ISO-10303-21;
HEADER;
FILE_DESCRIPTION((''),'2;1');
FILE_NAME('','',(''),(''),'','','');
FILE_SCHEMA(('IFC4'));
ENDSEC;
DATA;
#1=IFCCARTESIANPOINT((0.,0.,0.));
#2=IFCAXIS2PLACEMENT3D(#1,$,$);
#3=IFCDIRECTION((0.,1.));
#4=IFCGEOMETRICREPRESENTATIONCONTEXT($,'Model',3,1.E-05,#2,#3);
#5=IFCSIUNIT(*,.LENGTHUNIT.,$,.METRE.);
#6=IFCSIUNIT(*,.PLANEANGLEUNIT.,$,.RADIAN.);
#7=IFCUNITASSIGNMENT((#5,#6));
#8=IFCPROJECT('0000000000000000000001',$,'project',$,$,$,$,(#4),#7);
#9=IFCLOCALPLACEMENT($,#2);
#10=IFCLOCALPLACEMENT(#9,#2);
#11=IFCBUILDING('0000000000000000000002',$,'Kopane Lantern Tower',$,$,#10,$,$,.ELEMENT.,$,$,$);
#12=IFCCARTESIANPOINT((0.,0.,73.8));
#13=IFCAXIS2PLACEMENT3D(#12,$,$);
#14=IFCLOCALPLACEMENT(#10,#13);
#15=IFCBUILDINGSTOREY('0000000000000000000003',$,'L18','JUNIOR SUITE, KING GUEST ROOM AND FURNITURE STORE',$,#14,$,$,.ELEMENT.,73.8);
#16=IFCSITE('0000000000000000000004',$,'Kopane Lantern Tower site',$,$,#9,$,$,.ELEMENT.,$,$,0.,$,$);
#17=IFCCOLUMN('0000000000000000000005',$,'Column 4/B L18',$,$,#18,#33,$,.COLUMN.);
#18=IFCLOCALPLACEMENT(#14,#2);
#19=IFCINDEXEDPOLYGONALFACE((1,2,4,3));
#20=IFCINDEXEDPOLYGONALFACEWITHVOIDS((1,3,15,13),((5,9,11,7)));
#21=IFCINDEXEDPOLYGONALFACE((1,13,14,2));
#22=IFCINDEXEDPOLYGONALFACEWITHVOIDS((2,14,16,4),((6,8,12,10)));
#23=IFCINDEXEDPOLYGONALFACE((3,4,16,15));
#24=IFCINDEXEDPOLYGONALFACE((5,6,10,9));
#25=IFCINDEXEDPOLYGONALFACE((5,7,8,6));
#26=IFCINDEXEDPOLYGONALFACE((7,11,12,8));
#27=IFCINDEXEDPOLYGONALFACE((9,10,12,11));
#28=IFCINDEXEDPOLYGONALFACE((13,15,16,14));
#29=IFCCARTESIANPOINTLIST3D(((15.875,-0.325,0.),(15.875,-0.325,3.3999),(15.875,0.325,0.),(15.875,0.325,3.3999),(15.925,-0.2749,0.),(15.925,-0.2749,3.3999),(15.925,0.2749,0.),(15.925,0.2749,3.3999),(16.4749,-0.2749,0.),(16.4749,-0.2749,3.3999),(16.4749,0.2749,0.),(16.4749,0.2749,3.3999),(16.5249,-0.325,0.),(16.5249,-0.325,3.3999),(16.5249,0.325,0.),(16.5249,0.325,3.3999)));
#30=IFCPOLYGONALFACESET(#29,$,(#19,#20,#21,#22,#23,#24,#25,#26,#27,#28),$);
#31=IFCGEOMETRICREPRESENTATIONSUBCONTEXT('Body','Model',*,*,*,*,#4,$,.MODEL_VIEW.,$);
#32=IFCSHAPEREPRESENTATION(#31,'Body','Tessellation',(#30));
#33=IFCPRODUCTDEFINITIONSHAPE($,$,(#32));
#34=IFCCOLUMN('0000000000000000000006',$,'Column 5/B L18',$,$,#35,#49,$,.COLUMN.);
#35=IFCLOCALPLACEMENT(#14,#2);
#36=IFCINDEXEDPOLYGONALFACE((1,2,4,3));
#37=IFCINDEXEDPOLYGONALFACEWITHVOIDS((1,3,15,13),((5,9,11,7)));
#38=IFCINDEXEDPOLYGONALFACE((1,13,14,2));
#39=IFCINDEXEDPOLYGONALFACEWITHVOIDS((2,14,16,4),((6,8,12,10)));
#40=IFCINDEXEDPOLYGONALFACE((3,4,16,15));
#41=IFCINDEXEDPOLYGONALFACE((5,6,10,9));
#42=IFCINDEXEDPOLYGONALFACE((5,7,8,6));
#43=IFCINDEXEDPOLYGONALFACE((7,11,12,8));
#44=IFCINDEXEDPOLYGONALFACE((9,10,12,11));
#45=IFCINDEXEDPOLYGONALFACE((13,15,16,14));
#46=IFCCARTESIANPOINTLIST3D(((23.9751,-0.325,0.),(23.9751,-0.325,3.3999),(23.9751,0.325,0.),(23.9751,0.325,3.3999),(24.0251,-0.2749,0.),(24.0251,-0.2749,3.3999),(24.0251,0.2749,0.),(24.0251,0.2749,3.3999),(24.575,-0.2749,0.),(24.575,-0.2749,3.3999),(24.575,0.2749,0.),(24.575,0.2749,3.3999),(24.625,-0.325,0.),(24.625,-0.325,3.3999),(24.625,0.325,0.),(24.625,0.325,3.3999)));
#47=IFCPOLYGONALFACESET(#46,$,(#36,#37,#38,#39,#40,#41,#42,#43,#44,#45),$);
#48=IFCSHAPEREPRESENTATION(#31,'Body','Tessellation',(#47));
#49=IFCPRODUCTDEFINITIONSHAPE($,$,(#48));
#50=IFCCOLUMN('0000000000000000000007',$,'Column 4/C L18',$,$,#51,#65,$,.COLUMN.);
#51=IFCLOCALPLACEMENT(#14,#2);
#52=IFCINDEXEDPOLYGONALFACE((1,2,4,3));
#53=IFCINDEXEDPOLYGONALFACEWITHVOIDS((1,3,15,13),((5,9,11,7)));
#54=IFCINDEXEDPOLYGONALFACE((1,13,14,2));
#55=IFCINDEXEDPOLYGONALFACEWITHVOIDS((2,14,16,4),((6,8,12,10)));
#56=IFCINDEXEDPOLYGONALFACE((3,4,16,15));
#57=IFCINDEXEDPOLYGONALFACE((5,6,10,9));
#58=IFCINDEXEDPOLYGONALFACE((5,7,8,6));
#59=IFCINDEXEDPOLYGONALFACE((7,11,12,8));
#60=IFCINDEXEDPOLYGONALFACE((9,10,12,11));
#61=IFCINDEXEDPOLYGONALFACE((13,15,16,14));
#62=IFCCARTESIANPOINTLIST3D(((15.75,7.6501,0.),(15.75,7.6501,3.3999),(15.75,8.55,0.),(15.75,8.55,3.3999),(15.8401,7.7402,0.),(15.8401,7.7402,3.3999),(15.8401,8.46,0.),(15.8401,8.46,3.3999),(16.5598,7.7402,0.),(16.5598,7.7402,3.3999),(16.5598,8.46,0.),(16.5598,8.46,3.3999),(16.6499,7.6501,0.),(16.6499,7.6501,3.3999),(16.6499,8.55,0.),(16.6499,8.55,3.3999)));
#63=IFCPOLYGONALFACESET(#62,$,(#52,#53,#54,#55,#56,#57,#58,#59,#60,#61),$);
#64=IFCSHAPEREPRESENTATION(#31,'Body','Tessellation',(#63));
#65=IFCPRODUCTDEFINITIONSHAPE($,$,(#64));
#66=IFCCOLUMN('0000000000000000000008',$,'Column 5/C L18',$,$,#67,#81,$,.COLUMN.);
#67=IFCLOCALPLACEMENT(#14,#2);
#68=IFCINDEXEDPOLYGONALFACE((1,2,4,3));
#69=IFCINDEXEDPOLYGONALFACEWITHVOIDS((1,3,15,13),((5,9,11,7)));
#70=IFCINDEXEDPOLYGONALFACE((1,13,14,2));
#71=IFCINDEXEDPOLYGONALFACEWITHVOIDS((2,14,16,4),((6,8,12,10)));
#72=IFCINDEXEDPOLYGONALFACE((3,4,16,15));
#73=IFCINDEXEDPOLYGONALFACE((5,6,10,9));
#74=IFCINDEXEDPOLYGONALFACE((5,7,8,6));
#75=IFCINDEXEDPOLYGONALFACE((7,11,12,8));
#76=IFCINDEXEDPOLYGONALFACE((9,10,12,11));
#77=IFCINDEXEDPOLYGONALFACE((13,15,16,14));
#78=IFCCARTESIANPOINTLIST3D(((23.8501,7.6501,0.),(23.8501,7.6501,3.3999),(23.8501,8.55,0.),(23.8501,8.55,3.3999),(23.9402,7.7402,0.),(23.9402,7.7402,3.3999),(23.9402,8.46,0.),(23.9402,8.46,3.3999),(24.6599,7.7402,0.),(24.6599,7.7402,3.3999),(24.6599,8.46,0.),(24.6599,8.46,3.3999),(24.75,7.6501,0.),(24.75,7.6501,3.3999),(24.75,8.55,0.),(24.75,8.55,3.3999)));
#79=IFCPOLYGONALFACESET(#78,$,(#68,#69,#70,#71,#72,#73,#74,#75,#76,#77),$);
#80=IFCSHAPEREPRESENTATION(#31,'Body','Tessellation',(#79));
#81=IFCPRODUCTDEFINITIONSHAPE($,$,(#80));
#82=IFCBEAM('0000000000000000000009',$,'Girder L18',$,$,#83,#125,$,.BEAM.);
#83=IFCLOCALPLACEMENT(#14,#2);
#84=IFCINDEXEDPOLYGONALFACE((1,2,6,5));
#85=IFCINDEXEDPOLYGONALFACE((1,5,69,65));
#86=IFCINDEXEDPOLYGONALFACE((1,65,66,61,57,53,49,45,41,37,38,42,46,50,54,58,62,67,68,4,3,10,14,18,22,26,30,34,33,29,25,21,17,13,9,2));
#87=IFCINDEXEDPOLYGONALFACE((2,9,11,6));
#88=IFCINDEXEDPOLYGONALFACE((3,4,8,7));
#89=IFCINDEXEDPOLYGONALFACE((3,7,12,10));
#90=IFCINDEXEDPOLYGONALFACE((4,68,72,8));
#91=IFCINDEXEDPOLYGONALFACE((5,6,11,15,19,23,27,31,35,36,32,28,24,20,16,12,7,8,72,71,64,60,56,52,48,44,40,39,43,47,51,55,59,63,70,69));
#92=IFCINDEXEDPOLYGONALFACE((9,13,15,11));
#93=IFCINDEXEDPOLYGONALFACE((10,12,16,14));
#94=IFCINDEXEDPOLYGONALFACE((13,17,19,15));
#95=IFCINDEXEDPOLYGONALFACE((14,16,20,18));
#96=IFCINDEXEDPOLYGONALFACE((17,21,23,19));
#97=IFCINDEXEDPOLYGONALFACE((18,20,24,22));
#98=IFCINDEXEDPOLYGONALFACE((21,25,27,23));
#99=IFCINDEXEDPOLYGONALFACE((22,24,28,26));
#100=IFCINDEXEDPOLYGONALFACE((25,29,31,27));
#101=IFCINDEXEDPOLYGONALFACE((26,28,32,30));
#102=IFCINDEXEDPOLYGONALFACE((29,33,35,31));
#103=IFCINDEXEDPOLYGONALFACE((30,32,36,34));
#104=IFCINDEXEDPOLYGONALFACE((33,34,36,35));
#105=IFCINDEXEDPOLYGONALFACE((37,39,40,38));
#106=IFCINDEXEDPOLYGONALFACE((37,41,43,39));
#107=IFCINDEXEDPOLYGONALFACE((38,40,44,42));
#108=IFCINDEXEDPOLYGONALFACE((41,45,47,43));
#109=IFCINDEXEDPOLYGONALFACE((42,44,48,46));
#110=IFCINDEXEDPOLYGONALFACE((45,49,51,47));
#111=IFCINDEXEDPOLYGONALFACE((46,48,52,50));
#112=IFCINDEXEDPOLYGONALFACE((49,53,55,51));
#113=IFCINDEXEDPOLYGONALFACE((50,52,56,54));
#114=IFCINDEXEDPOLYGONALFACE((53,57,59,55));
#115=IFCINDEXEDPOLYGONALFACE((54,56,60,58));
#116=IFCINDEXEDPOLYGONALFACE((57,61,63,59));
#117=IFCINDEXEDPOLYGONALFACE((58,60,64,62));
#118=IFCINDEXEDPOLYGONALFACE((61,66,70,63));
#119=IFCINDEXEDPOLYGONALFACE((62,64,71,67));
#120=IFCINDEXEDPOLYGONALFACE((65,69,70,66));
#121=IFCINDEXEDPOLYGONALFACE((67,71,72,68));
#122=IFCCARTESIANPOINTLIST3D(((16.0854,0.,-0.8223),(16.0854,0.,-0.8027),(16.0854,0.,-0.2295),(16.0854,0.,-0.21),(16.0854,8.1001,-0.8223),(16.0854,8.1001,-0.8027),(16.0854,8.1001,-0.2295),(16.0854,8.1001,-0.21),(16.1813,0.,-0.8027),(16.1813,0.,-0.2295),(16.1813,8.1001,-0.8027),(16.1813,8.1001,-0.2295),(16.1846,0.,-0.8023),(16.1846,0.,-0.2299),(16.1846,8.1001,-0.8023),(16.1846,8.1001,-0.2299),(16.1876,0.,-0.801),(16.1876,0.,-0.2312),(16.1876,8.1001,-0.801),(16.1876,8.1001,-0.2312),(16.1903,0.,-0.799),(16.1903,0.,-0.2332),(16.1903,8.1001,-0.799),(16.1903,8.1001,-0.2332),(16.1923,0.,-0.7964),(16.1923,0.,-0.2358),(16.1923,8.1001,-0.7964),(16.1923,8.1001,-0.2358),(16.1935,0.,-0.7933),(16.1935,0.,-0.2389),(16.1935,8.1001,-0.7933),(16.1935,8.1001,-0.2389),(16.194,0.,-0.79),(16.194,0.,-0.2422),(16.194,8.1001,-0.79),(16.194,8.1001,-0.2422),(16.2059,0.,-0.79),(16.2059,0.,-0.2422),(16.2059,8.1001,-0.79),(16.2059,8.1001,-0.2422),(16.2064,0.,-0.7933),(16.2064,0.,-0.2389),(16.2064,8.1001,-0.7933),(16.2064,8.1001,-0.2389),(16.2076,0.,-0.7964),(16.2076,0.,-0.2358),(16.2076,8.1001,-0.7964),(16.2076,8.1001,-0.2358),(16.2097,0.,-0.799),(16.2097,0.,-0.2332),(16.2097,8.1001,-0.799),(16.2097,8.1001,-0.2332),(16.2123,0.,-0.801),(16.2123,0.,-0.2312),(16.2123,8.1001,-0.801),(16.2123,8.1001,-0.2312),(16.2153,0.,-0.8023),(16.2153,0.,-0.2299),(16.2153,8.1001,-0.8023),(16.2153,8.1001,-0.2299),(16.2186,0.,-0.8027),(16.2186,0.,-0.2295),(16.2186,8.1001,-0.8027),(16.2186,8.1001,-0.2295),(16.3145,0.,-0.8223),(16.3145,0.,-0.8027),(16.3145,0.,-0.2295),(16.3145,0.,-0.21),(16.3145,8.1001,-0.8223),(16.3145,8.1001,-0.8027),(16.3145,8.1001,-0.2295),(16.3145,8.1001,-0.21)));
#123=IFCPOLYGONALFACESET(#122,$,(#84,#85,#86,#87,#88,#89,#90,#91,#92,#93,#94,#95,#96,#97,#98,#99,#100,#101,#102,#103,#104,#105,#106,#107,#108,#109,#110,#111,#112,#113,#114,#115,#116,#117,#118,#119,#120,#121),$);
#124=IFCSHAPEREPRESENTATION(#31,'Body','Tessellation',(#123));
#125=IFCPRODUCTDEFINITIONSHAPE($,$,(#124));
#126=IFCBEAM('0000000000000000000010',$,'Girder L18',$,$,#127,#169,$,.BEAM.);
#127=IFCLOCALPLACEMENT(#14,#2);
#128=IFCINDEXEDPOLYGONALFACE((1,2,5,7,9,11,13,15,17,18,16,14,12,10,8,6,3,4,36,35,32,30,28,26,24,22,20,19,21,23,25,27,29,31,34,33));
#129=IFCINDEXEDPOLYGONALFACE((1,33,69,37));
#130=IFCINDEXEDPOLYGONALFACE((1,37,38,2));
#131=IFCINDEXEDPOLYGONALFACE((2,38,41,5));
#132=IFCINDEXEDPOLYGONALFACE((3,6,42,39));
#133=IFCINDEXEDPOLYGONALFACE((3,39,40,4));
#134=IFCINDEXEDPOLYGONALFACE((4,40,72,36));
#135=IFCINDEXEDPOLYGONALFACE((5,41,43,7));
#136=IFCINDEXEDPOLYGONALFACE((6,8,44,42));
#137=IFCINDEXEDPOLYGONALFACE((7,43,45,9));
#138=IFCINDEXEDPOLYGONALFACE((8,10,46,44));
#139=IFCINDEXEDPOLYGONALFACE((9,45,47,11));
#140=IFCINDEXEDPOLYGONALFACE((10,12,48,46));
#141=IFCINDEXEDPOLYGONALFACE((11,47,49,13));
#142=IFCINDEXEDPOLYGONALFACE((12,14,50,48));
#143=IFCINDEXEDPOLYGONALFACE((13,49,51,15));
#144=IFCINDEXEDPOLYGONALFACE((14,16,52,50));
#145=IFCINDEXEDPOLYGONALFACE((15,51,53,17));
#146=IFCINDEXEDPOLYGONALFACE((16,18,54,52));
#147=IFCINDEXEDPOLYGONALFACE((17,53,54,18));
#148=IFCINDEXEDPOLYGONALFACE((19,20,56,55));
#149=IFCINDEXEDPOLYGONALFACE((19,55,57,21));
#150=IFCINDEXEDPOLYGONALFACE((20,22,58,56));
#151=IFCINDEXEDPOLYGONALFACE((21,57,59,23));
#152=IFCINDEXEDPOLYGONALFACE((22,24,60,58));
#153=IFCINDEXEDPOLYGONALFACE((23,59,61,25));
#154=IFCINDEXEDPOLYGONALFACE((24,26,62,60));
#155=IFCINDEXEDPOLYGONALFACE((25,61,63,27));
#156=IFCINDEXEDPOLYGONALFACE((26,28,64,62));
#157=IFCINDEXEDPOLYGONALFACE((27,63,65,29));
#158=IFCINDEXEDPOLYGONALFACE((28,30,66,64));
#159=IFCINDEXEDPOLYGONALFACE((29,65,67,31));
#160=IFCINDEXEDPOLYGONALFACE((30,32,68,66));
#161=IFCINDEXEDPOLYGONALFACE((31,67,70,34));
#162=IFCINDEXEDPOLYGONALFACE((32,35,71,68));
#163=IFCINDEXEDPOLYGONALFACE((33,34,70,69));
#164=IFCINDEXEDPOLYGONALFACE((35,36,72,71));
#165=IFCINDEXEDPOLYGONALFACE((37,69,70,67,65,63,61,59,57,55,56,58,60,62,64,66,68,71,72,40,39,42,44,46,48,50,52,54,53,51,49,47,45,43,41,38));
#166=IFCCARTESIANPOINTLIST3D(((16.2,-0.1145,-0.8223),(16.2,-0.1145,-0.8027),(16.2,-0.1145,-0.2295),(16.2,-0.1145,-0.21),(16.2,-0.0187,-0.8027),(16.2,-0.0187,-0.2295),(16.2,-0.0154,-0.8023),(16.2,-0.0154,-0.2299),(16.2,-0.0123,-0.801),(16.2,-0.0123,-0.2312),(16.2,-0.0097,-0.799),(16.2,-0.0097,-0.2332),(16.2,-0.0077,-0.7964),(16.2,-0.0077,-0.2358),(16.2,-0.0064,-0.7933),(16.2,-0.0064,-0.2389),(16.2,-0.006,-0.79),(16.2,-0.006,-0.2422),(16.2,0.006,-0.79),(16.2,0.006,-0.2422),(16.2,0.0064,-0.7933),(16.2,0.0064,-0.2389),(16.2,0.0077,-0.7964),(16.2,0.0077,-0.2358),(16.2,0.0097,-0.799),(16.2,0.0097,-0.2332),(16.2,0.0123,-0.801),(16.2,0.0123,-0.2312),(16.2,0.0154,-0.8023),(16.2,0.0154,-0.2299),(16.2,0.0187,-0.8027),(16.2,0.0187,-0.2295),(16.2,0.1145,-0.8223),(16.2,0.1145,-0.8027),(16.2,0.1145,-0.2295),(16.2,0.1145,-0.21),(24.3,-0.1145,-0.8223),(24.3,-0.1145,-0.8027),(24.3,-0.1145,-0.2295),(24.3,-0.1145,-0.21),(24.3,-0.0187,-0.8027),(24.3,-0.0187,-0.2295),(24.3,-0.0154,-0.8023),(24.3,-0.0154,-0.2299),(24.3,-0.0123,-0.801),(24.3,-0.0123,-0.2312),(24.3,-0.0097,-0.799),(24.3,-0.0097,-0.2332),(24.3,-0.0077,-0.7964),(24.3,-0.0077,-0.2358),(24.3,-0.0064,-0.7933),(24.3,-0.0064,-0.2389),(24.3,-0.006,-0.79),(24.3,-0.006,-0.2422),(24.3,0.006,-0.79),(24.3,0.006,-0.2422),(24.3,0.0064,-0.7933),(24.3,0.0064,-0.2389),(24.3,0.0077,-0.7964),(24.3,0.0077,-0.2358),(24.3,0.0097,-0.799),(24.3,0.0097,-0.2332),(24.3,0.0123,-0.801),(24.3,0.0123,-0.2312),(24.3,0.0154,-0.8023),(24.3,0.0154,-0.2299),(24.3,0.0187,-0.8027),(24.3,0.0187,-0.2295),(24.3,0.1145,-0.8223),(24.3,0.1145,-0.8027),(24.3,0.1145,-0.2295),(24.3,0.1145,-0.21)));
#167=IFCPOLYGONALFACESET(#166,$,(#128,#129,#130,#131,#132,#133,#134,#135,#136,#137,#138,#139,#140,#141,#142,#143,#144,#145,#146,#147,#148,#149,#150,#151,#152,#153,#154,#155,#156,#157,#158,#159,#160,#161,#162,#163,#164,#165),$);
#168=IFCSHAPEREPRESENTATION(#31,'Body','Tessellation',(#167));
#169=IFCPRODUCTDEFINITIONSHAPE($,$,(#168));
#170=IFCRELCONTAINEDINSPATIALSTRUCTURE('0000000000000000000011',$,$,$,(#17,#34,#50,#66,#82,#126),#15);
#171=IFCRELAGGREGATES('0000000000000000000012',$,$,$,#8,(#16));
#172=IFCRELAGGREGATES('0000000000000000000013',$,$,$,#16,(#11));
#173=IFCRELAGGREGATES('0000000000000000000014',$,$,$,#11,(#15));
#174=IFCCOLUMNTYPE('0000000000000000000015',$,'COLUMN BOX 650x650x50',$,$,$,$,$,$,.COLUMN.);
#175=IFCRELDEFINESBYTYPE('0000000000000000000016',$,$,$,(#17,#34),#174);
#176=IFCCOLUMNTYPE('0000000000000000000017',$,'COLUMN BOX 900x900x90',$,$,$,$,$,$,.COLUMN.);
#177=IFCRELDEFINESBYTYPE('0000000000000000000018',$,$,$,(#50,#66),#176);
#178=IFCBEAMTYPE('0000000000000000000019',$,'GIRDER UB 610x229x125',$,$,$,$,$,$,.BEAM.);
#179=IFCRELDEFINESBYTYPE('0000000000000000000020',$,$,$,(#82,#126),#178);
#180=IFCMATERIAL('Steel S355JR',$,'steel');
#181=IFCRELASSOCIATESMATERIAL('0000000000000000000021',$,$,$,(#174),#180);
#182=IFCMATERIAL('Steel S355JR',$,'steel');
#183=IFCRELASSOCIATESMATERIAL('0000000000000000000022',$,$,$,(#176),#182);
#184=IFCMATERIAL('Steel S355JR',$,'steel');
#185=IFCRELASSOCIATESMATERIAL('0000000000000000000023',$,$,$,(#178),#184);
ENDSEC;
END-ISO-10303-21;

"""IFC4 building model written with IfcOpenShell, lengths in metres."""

from ifc_helpers import new_model, si_unit, direction, frame, origin, origin_2d, place, context, subcontext, project, spatial, hollow_rectangle, i_section, extrude, material, material_profile, profile_set, type_object, element, save


model = new_model("IFC4")

# Units and contexts
model_context = context("Model", 3, precision=1e-05, world=origin(), true_north=direction((0.0, 1.0)))
body_context = subcontext(model_context, "Body", "Model", "MODEL_VIEW")
ifc_project = project(units=[si_unit("LENGTHUNIT", "METRE"), si_unit("PLANEANGLEUNIT", "RADIAN")], contexts=[model_context])

# Site, building, storey
site_placement = place(None, origin())
site = spatial("IfcSite", under=ifc_project, at=site_placement, Name="Kopane Lantern Tower site", CompositionType="ELEMENT", RefElevation=0.0)
building_placement = place(site_placement, origin())
building = spatial("IfcBuilding", under=site, at=building_placement, Name="Kopane Lantern Tower", CompositionType="ELEMENT")
storey_placement = place(building_placement, frame((0.0, 0.0, 73.8)))
storey = spatial("IfcBuildingStorey", under=building, at=storey_placement, Name="L18", Description="JUNIOR SUITE, KING GUEST ROOM AND FURNITURE STORE", CompositionType="ELEMENT", Elevation=73.8)

# Columns
ifc_material_1 = material(Name="Steel S355JR", Category="steel")
ifc_material_profile_1 = material_profile(ifc_material_1, hollow_rectangle(XDim=0.6499, YDim=0.6499, WallThickness=0.05, at=origin_2d()), Name="BOX 650x650x50")
ifc_profile_set_1 = profile_set([ifc_material_profile_1], Name="Steel S355JR")
column_type_1 = type_object("IfcColumnType", Name="COLUMN BOX 650x650x50", PredefinedType="COLUMN", material=ifc_profile_set_1)
for number, where, z_axis, x_axis, name in (
    (1, (16.2, 0.0, 0.0), (0.0, 0.0, 1.0), (1.0, 0.0, 0.0), "Column 4/B L18"),
    (2, (24.3, 0.0, 0.0), (0.0, 0.0, 1.0), (1.0, 0.0, 0.0), "Column 5/B L18"),
):
    element("IfcColumn", number, at=place(storey_placement, frame(where, z_axis=z_axis, x_axis=x_axis)), inside=storey, type_object=column_type_1, Name=name, PredefinedType="COLUMN", context=body_context, shape_type="SweptSolid", body=[
        extrude(hollow_rectangle(XDim=0.6499, YDim=0.6499, WallThickness=0.05, at=origin_2d()), origin(), (0.0, 0.0, 1.0), 3.3999),
    ])
ifc_material_2 = material(Name="Steel S355JR", Category="steel")
ifc_material_profile_2 = material_profile(ifc_material_2, hollow_rectangle(XDim=0.8999, YDim=0.8999, WallThickness=0.0901, at=origin_2d()), Name="BOX 900x900x90")
ifc_profile_set_2 = profile_set([ifc_material_profile_2], Name="Steel S355JR")
column_type_2 = type_object("IfcColumnType", Name="COLUMN BOX 900x900x90", PredefinedType="COLUMN", material=ifc_profile_set_2)
for number, where, z_axis, x_axis, name in (
    (3, (16.2, 8.1001, 0.0), (0.0, 0.0, 1.0), (1.0, 0.0, 0.0), "Column 4/C L18"),
    (4, (24.3, 8.1001, 0.0), (0.0, 0.0, 1.0), (1.0, 0.0, 0.0), "Column 5/C L18"),
):
    element("IfcColumn", number, at=place(storey_placement, frame(where, z_axis=z_axis, x_axis=x_axis)), inside=storey, type_object=column_type_2, Name=name, PredefinedType="COLUMN", context=body_context, shape_type="SweptSolid", body=[
        extrude(hollow_rectangle(XDim=0.8999, YDim=0.8999, WallThickness=0.0901, at=origin_2d()), origin(), (0.0, 0.0, 1.0), 3.3999),
    ])

# Beams
ifc_material_3 = material(Name="Steel S355JR", Category="steel")
ifc_material_profile_3 = material_profile(ifc_material_3, i_section(OverallWidth=0.229, OverallDepth=0.6123, WebThickness=0.012, FlangeThickness=0.0195, FilletRadius=0.0127, at=origin_2d()), Name="UB 610x229x125")
ifc_profile_set_3 = profile_set([ifc_material_profile_3], Name="Steel S355JR")
beam_type = type_object("IfcBeamType", Name="GIRDER UB 610x229x125", PredefinedType="BEAM", material=ifc_profile_set_3)
for number, where, z_axis, x_axis, name in (
    (5, (16.2, 0.0, -0.5161), (0.0, 1.0, 0.0), (-1.0, 0.0, 0.0), "Girder L18"),
    (6, (16.2, 0.0, -0.5161), (1.0, 0.0, 0.0), (0.0, 1.0, 0.0), "Girder L18"),
):
    element("IfcBeam", number, at=place(storey_placement, frame(where, z_axis=z_axis, x_axis=x_axis)), inside=storey, type_object=beam_type, Name=name, PredefinedType="BEAM", context=body_context, shape_type="SweptSolid", body=[
        extrude(i_section(OverallWidth=0.229, OverallDepth=0.6123, WebThickness=0.012, FlangeThickness=0.0195, FilletRadius=0.0127, at=origin_2d()), origin(), (0.0, 0.0, 1.0), 8.1001),
    ])

save(model, "model.ifc")
